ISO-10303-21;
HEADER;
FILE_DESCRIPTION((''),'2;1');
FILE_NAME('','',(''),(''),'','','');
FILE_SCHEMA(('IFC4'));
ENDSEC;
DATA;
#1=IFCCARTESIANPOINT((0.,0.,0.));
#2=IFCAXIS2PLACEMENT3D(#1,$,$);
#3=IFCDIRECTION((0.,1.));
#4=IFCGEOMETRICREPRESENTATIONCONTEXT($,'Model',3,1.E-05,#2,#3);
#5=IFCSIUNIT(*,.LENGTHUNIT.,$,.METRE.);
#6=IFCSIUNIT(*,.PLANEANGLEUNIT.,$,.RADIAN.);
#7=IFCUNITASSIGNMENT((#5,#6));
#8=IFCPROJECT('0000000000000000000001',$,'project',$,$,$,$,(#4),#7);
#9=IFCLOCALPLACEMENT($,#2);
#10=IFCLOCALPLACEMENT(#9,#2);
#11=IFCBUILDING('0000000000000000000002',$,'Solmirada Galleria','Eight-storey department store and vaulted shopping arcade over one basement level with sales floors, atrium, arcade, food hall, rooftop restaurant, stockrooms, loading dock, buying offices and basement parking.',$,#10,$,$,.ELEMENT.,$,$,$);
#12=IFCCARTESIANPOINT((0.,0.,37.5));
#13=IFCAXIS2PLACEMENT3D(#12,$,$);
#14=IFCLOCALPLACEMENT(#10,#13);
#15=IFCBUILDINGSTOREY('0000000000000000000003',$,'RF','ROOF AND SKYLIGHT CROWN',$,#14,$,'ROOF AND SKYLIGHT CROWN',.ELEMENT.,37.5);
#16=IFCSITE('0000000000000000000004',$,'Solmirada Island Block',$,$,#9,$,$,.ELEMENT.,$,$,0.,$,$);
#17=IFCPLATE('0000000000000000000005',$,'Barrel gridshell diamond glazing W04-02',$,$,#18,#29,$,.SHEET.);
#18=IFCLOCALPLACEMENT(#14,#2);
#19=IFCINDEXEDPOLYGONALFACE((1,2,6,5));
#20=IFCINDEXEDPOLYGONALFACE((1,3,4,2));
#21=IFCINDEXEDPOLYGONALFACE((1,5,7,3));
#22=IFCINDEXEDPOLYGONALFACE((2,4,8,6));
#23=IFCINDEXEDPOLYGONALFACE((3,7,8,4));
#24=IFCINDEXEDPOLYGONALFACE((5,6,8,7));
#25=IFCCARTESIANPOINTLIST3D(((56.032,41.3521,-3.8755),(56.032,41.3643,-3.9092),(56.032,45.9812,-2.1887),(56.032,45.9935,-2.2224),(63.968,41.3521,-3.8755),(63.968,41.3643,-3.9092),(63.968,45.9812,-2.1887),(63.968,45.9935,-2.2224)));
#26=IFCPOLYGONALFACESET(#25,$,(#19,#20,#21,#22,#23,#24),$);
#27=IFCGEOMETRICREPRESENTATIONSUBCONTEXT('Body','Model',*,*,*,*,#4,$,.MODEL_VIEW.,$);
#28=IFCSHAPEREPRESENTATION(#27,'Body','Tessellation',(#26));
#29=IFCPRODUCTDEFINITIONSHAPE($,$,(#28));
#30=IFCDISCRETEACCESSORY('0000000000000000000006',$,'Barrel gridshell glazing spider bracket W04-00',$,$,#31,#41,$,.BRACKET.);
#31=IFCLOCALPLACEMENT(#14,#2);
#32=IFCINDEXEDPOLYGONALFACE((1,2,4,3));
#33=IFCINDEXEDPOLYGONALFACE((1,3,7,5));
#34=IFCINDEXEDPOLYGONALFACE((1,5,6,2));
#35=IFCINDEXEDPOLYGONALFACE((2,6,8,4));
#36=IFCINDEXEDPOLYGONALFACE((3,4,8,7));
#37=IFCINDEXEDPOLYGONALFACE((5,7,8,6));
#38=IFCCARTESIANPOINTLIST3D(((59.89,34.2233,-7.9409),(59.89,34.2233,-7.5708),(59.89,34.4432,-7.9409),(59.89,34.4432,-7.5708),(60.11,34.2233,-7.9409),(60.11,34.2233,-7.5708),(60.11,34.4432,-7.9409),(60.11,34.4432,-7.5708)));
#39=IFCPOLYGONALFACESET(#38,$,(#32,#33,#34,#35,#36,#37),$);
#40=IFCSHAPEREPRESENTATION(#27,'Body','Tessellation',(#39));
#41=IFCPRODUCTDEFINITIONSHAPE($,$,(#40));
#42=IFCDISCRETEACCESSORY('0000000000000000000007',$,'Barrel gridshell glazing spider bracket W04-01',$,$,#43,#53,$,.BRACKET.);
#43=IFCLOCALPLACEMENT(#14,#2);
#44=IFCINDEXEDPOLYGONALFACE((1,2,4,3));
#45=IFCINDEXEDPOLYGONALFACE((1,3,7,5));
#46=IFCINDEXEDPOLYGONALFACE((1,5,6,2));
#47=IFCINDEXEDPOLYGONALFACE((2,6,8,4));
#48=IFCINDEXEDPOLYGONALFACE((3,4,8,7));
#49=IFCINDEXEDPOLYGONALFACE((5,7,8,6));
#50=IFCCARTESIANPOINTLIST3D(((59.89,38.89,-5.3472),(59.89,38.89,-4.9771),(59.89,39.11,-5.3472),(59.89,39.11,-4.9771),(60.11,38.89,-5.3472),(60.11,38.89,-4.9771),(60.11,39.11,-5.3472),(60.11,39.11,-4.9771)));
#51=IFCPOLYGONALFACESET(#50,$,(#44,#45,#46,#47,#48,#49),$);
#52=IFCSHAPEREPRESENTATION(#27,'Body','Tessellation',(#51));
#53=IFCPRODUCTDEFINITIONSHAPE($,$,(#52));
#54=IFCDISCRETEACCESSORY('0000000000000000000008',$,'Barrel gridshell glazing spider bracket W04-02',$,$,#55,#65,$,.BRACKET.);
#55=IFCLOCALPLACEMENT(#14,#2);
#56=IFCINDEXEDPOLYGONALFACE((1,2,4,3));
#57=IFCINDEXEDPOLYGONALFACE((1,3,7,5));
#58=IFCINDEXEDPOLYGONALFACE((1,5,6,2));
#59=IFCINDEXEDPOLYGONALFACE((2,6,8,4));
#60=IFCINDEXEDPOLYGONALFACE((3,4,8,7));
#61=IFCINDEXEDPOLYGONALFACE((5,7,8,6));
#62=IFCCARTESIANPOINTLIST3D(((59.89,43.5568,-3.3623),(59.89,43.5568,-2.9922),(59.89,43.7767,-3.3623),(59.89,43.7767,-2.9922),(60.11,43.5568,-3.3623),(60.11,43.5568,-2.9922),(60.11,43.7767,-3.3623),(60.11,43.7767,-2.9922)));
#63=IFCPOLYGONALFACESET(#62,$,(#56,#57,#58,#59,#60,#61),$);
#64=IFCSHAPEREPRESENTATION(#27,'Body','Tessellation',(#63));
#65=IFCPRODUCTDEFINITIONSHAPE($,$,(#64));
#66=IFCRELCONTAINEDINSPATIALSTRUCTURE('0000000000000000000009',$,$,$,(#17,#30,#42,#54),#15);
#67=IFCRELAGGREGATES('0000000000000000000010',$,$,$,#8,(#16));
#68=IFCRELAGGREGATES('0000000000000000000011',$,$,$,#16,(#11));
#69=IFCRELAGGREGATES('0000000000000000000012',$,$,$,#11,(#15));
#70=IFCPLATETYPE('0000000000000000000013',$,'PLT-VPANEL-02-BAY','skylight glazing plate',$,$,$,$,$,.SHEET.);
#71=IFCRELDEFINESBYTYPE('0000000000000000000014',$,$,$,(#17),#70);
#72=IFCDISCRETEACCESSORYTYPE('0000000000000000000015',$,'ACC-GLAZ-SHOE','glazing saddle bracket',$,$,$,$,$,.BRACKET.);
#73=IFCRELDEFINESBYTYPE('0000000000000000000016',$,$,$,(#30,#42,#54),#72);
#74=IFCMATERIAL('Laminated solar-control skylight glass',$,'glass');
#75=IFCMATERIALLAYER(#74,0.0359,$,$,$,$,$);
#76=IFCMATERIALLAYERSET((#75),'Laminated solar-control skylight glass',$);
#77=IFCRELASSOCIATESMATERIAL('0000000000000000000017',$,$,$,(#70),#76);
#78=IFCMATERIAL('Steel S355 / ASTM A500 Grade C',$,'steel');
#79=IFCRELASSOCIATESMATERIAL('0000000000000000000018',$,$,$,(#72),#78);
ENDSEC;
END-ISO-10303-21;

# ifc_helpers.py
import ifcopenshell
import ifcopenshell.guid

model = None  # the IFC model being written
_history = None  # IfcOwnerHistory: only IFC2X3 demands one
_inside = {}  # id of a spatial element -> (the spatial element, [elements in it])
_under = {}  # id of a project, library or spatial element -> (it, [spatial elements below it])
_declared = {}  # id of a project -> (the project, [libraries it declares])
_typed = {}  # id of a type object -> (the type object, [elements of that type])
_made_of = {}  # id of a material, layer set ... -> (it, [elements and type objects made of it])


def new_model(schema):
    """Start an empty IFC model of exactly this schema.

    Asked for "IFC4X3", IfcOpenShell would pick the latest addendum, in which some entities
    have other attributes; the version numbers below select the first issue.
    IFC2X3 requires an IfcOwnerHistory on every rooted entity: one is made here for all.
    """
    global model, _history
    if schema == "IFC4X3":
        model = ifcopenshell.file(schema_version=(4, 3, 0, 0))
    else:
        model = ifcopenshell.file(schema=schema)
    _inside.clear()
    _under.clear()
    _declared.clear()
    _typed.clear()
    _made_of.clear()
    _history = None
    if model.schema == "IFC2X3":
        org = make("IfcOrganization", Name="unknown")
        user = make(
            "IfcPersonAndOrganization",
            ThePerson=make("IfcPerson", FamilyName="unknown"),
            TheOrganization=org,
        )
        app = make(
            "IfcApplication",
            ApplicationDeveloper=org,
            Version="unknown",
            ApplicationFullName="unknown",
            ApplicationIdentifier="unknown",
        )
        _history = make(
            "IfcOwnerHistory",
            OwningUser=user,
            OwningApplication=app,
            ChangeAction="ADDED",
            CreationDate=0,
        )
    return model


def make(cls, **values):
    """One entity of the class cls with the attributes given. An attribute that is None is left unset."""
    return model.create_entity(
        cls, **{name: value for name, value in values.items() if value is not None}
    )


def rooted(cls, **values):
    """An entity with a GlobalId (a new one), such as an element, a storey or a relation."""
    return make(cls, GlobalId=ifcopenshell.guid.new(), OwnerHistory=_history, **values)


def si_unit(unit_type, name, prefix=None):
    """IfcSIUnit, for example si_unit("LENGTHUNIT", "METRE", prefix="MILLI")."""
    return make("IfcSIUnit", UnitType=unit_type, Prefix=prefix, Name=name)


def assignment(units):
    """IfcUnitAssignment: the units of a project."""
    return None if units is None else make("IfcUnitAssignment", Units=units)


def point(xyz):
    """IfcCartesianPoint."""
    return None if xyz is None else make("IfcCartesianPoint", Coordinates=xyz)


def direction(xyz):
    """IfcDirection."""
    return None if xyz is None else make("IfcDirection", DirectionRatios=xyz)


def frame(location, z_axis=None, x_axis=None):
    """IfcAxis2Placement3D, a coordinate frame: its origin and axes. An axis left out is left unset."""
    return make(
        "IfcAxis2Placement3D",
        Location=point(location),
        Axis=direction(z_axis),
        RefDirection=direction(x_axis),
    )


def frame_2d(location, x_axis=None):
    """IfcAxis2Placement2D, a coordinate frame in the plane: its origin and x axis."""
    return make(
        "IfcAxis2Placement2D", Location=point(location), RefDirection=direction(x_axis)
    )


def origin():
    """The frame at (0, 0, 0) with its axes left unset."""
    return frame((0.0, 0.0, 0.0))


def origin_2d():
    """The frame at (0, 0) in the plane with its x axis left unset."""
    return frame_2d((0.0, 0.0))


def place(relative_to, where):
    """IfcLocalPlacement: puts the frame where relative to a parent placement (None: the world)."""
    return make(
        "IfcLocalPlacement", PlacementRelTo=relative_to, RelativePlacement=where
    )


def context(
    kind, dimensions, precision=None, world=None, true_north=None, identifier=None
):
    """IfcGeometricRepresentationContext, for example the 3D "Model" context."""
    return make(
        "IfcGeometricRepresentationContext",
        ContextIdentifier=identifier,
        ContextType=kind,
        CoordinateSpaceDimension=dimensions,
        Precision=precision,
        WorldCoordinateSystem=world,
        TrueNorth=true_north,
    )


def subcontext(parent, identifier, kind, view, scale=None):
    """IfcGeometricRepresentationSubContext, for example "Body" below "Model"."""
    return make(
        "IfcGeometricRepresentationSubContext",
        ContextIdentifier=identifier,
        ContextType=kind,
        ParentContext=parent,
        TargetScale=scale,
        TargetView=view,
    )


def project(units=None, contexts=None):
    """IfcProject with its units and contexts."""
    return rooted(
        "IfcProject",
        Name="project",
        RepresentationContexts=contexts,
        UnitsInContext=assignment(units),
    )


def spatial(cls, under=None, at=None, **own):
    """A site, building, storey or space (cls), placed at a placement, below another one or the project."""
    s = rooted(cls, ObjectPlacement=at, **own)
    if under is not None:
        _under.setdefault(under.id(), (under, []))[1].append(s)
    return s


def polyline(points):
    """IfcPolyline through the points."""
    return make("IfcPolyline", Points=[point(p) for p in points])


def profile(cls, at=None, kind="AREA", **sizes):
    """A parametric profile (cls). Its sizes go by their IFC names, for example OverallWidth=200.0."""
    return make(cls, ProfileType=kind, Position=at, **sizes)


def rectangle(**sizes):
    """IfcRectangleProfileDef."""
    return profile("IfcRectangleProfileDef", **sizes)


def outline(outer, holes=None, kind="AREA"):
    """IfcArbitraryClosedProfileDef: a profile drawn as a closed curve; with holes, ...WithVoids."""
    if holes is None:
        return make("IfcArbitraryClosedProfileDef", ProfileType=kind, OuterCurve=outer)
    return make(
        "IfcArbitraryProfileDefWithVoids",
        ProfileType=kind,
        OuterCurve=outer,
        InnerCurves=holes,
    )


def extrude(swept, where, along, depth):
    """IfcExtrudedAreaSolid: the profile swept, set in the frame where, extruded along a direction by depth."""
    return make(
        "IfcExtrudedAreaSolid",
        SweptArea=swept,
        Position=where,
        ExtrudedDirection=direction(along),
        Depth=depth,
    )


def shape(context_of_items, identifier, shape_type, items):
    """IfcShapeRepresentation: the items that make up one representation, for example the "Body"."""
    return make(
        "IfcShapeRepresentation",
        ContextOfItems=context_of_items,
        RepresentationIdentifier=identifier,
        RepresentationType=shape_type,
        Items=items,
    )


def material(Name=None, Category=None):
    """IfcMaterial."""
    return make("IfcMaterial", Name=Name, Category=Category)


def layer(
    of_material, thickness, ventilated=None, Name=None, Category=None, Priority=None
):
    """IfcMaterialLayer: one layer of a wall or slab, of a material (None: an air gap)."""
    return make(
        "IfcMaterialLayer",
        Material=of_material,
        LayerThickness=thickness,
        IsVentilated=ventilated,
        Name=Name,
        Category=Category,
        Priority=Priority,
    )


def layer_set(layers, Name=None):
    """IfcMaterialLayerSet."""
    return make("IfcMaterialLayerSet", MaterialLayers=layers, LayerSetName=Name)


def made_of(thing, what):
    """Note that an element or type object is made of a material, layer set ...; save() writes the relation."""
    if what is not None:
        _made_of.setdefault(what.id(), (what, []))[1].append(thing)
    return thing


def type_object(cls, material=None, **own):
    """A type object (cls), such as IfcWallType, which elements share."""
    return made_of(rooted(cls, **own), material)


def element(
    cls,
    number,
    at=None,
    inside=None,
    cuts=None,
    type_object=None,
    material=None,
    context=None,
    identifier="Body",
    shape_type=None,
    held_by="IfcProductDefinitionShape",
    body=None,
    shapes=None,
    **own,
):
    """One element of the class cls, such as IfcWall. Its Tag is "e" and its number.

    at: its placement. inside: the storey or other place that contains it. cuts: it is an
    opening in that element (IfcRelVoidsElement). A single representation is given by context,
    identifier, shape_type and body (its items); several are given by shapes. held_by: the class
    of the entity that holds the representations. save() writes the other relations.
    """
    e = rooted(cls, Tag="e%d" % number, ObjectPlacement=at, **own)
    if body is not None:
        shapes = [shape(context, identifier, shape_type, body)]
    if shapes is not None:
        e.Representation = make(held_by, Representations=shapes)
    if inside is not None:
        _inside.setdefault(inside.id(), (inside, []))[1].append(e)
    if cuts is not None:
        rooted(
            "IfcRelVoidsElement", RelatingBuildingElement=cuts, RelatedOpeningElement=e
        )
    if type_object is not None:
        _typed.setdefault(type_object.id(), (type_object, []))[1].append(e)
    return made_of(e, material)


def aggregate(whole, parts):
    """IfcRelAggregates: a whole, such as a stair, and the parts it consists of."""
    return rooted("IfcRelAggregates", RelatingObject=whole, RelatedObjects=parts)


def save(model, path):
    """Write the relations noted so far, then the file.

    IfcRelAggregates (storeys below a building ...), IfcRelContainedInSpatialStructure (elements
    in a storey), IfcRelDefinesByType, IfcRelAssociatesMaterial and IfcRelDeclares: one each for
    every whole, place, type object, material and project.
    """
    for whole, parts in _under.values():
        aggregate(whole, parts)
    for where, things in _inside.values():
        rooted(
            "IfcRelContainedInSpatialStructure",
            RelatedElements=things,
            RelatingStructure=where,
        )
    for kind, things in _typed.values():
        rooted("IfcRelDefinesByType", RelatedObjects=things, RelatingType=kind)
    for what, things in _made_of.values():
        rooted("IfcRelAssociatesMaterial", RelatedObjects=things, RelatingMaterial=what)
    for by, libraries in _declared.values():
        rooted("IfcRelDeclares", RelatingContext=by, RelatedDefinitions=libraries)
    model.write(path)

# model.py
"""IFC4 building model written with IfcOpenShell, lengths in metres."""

from ifc_helpers import new_model, si_unit, direction, frame, origin, origin_2d, place, context, subcontext, project, spatial, polyline, rectangle, outline, extrude, material, layer, layer_set, type_object, element, save


model = new_model("IFC4")

# Units and contexts
model_context = context("Model", 3, precision=1e-05, world=origin(), true_north=direction((0.0, 1.0)))
body_context = subcontext(model_context, "Body", "Model", "MODEL_VIEW")
ifc_project = project(units=[si_unit("LENGTHUNIT", "METRE"), si_unit("PLANEANGLEUNIT", "RADIAN")], contexts=[model_context])

# Site, building, storey
site_placement = place(None, origin())
site = spatial("IfcSite", under=ifc_project, at=site_placement, Name="Solmirada Island Block", CompositionType="ELEMENT", RefElevation=0.0)
building_placement = place(site_placement, origin())
building = spatial("IfcBuilding", under=site, at=building_placement, Name="Solmirada Galleria", Description="Eight-storey department store and vaulted shopping arcade over one basement level with sales floors, atrium, arcade, food hall, rooftop restaurant, stockrooms, loading dock, buying offices and basement parking.", CompositionType="ELEMENT")
storey_placement = place(building_placement, frame((0.0, 0.0, 37.5)))
storey = spatial("IfcBuildingStorey", under=building, at=storey_placement, Name="RF", Description="ROOF AND SKYLIGHT CROWN", LongName="ROOF AND SKYLIGHT CROWN", CompositionType="ELEMENT", Elevation=37.5)

# Shared definitions
ifc_material_1 = material(Name="Steel S355 / ASTM A500 Grade C", Category="steel")

# Plate
ifc_material_2 = material(Name="Laminated solar-control skylight glass", Category="glass")
ifc_layer_1 = layer(ifc_material_2, 0.0359)
ifc_layer_set_1 = layer_set([ifc_layer_1], Name="Laminated solar-control skylight glass")
plate_type_1 = type_object("IfcPlateType", Name="PLT-VPANEL-02-BAY", Description="skylight glazing plate", PredefinedType="SHEET", material=ifc_layer_set_1)
plate_1_placement = place(storey_placement, frame((56.032, 41.3521, -3.8755), z_axis=(0.0, -0.34236, 0.939569), x_axis=(1.0, 0.0, 0.0)))
element("IfcPlate", 1, at=plate_1_placement, inside=storey, type_object=plate_type_1, Name="Barrel gridshell diamond glazing W04-02", PredefinedType="SHEET", context=body_context, shape_type="SweptSolid", body=[
    extrude(outline(polyline([(0.0, 0.0), (7.936, 0.0), (7.936, 4.9269), (0.0, 4.9269), (0.0, 0.0)])), origin(), (0.0, 0.0, -1.0), 0.0359),
])

# Discrete accessories
discrete_accessory_type = type_object("IfcDiscreteAccessoryType", Name="ACC-GLAZ-SHOE", Description="glazing saddle bracket", PredefinedType="BRACKET", material=ifc_material_1)
for number, where, z_axis, x_axis, name in (
    (2, (60.0, 34.3333, -7.9409), (0.0, 0.0, 1.0), (1.0, 0.0, 0.0), "Barrel gridshell glazing spider bracket W04-00"),
    (3, (60.0, 39.0, -5.3472), (0.0, 0.0, 1.0), (1.0, 0.0, 0.0), "Barrel gridshell glazing spider bracket W04-01"),
    (4, (60.0, 43.6667, -3.3623), (0.0, 0.0, 1.0), (1.0, 0.0, 0.0), "Barrel gridshell glazing spider bracket W04-02"),
):
    element("IfcDiscreteAccessory", number, at=place(storey_placement, frame(where, z_axis=z_axis, x_axis=x_axis)), inside=storey, type_object=discrete_accessory_type, Name=name, PredefinedType="BRACKET", context=body_context, shape_type="SweptSolid", body=[
        extrude(rectangle(XDim=0.22, YDim=0.22, at=origin_2d()), origin(), (0.0, 0.0, 1.0), 0.3701),
    ])

save(model, "model.ifc")
